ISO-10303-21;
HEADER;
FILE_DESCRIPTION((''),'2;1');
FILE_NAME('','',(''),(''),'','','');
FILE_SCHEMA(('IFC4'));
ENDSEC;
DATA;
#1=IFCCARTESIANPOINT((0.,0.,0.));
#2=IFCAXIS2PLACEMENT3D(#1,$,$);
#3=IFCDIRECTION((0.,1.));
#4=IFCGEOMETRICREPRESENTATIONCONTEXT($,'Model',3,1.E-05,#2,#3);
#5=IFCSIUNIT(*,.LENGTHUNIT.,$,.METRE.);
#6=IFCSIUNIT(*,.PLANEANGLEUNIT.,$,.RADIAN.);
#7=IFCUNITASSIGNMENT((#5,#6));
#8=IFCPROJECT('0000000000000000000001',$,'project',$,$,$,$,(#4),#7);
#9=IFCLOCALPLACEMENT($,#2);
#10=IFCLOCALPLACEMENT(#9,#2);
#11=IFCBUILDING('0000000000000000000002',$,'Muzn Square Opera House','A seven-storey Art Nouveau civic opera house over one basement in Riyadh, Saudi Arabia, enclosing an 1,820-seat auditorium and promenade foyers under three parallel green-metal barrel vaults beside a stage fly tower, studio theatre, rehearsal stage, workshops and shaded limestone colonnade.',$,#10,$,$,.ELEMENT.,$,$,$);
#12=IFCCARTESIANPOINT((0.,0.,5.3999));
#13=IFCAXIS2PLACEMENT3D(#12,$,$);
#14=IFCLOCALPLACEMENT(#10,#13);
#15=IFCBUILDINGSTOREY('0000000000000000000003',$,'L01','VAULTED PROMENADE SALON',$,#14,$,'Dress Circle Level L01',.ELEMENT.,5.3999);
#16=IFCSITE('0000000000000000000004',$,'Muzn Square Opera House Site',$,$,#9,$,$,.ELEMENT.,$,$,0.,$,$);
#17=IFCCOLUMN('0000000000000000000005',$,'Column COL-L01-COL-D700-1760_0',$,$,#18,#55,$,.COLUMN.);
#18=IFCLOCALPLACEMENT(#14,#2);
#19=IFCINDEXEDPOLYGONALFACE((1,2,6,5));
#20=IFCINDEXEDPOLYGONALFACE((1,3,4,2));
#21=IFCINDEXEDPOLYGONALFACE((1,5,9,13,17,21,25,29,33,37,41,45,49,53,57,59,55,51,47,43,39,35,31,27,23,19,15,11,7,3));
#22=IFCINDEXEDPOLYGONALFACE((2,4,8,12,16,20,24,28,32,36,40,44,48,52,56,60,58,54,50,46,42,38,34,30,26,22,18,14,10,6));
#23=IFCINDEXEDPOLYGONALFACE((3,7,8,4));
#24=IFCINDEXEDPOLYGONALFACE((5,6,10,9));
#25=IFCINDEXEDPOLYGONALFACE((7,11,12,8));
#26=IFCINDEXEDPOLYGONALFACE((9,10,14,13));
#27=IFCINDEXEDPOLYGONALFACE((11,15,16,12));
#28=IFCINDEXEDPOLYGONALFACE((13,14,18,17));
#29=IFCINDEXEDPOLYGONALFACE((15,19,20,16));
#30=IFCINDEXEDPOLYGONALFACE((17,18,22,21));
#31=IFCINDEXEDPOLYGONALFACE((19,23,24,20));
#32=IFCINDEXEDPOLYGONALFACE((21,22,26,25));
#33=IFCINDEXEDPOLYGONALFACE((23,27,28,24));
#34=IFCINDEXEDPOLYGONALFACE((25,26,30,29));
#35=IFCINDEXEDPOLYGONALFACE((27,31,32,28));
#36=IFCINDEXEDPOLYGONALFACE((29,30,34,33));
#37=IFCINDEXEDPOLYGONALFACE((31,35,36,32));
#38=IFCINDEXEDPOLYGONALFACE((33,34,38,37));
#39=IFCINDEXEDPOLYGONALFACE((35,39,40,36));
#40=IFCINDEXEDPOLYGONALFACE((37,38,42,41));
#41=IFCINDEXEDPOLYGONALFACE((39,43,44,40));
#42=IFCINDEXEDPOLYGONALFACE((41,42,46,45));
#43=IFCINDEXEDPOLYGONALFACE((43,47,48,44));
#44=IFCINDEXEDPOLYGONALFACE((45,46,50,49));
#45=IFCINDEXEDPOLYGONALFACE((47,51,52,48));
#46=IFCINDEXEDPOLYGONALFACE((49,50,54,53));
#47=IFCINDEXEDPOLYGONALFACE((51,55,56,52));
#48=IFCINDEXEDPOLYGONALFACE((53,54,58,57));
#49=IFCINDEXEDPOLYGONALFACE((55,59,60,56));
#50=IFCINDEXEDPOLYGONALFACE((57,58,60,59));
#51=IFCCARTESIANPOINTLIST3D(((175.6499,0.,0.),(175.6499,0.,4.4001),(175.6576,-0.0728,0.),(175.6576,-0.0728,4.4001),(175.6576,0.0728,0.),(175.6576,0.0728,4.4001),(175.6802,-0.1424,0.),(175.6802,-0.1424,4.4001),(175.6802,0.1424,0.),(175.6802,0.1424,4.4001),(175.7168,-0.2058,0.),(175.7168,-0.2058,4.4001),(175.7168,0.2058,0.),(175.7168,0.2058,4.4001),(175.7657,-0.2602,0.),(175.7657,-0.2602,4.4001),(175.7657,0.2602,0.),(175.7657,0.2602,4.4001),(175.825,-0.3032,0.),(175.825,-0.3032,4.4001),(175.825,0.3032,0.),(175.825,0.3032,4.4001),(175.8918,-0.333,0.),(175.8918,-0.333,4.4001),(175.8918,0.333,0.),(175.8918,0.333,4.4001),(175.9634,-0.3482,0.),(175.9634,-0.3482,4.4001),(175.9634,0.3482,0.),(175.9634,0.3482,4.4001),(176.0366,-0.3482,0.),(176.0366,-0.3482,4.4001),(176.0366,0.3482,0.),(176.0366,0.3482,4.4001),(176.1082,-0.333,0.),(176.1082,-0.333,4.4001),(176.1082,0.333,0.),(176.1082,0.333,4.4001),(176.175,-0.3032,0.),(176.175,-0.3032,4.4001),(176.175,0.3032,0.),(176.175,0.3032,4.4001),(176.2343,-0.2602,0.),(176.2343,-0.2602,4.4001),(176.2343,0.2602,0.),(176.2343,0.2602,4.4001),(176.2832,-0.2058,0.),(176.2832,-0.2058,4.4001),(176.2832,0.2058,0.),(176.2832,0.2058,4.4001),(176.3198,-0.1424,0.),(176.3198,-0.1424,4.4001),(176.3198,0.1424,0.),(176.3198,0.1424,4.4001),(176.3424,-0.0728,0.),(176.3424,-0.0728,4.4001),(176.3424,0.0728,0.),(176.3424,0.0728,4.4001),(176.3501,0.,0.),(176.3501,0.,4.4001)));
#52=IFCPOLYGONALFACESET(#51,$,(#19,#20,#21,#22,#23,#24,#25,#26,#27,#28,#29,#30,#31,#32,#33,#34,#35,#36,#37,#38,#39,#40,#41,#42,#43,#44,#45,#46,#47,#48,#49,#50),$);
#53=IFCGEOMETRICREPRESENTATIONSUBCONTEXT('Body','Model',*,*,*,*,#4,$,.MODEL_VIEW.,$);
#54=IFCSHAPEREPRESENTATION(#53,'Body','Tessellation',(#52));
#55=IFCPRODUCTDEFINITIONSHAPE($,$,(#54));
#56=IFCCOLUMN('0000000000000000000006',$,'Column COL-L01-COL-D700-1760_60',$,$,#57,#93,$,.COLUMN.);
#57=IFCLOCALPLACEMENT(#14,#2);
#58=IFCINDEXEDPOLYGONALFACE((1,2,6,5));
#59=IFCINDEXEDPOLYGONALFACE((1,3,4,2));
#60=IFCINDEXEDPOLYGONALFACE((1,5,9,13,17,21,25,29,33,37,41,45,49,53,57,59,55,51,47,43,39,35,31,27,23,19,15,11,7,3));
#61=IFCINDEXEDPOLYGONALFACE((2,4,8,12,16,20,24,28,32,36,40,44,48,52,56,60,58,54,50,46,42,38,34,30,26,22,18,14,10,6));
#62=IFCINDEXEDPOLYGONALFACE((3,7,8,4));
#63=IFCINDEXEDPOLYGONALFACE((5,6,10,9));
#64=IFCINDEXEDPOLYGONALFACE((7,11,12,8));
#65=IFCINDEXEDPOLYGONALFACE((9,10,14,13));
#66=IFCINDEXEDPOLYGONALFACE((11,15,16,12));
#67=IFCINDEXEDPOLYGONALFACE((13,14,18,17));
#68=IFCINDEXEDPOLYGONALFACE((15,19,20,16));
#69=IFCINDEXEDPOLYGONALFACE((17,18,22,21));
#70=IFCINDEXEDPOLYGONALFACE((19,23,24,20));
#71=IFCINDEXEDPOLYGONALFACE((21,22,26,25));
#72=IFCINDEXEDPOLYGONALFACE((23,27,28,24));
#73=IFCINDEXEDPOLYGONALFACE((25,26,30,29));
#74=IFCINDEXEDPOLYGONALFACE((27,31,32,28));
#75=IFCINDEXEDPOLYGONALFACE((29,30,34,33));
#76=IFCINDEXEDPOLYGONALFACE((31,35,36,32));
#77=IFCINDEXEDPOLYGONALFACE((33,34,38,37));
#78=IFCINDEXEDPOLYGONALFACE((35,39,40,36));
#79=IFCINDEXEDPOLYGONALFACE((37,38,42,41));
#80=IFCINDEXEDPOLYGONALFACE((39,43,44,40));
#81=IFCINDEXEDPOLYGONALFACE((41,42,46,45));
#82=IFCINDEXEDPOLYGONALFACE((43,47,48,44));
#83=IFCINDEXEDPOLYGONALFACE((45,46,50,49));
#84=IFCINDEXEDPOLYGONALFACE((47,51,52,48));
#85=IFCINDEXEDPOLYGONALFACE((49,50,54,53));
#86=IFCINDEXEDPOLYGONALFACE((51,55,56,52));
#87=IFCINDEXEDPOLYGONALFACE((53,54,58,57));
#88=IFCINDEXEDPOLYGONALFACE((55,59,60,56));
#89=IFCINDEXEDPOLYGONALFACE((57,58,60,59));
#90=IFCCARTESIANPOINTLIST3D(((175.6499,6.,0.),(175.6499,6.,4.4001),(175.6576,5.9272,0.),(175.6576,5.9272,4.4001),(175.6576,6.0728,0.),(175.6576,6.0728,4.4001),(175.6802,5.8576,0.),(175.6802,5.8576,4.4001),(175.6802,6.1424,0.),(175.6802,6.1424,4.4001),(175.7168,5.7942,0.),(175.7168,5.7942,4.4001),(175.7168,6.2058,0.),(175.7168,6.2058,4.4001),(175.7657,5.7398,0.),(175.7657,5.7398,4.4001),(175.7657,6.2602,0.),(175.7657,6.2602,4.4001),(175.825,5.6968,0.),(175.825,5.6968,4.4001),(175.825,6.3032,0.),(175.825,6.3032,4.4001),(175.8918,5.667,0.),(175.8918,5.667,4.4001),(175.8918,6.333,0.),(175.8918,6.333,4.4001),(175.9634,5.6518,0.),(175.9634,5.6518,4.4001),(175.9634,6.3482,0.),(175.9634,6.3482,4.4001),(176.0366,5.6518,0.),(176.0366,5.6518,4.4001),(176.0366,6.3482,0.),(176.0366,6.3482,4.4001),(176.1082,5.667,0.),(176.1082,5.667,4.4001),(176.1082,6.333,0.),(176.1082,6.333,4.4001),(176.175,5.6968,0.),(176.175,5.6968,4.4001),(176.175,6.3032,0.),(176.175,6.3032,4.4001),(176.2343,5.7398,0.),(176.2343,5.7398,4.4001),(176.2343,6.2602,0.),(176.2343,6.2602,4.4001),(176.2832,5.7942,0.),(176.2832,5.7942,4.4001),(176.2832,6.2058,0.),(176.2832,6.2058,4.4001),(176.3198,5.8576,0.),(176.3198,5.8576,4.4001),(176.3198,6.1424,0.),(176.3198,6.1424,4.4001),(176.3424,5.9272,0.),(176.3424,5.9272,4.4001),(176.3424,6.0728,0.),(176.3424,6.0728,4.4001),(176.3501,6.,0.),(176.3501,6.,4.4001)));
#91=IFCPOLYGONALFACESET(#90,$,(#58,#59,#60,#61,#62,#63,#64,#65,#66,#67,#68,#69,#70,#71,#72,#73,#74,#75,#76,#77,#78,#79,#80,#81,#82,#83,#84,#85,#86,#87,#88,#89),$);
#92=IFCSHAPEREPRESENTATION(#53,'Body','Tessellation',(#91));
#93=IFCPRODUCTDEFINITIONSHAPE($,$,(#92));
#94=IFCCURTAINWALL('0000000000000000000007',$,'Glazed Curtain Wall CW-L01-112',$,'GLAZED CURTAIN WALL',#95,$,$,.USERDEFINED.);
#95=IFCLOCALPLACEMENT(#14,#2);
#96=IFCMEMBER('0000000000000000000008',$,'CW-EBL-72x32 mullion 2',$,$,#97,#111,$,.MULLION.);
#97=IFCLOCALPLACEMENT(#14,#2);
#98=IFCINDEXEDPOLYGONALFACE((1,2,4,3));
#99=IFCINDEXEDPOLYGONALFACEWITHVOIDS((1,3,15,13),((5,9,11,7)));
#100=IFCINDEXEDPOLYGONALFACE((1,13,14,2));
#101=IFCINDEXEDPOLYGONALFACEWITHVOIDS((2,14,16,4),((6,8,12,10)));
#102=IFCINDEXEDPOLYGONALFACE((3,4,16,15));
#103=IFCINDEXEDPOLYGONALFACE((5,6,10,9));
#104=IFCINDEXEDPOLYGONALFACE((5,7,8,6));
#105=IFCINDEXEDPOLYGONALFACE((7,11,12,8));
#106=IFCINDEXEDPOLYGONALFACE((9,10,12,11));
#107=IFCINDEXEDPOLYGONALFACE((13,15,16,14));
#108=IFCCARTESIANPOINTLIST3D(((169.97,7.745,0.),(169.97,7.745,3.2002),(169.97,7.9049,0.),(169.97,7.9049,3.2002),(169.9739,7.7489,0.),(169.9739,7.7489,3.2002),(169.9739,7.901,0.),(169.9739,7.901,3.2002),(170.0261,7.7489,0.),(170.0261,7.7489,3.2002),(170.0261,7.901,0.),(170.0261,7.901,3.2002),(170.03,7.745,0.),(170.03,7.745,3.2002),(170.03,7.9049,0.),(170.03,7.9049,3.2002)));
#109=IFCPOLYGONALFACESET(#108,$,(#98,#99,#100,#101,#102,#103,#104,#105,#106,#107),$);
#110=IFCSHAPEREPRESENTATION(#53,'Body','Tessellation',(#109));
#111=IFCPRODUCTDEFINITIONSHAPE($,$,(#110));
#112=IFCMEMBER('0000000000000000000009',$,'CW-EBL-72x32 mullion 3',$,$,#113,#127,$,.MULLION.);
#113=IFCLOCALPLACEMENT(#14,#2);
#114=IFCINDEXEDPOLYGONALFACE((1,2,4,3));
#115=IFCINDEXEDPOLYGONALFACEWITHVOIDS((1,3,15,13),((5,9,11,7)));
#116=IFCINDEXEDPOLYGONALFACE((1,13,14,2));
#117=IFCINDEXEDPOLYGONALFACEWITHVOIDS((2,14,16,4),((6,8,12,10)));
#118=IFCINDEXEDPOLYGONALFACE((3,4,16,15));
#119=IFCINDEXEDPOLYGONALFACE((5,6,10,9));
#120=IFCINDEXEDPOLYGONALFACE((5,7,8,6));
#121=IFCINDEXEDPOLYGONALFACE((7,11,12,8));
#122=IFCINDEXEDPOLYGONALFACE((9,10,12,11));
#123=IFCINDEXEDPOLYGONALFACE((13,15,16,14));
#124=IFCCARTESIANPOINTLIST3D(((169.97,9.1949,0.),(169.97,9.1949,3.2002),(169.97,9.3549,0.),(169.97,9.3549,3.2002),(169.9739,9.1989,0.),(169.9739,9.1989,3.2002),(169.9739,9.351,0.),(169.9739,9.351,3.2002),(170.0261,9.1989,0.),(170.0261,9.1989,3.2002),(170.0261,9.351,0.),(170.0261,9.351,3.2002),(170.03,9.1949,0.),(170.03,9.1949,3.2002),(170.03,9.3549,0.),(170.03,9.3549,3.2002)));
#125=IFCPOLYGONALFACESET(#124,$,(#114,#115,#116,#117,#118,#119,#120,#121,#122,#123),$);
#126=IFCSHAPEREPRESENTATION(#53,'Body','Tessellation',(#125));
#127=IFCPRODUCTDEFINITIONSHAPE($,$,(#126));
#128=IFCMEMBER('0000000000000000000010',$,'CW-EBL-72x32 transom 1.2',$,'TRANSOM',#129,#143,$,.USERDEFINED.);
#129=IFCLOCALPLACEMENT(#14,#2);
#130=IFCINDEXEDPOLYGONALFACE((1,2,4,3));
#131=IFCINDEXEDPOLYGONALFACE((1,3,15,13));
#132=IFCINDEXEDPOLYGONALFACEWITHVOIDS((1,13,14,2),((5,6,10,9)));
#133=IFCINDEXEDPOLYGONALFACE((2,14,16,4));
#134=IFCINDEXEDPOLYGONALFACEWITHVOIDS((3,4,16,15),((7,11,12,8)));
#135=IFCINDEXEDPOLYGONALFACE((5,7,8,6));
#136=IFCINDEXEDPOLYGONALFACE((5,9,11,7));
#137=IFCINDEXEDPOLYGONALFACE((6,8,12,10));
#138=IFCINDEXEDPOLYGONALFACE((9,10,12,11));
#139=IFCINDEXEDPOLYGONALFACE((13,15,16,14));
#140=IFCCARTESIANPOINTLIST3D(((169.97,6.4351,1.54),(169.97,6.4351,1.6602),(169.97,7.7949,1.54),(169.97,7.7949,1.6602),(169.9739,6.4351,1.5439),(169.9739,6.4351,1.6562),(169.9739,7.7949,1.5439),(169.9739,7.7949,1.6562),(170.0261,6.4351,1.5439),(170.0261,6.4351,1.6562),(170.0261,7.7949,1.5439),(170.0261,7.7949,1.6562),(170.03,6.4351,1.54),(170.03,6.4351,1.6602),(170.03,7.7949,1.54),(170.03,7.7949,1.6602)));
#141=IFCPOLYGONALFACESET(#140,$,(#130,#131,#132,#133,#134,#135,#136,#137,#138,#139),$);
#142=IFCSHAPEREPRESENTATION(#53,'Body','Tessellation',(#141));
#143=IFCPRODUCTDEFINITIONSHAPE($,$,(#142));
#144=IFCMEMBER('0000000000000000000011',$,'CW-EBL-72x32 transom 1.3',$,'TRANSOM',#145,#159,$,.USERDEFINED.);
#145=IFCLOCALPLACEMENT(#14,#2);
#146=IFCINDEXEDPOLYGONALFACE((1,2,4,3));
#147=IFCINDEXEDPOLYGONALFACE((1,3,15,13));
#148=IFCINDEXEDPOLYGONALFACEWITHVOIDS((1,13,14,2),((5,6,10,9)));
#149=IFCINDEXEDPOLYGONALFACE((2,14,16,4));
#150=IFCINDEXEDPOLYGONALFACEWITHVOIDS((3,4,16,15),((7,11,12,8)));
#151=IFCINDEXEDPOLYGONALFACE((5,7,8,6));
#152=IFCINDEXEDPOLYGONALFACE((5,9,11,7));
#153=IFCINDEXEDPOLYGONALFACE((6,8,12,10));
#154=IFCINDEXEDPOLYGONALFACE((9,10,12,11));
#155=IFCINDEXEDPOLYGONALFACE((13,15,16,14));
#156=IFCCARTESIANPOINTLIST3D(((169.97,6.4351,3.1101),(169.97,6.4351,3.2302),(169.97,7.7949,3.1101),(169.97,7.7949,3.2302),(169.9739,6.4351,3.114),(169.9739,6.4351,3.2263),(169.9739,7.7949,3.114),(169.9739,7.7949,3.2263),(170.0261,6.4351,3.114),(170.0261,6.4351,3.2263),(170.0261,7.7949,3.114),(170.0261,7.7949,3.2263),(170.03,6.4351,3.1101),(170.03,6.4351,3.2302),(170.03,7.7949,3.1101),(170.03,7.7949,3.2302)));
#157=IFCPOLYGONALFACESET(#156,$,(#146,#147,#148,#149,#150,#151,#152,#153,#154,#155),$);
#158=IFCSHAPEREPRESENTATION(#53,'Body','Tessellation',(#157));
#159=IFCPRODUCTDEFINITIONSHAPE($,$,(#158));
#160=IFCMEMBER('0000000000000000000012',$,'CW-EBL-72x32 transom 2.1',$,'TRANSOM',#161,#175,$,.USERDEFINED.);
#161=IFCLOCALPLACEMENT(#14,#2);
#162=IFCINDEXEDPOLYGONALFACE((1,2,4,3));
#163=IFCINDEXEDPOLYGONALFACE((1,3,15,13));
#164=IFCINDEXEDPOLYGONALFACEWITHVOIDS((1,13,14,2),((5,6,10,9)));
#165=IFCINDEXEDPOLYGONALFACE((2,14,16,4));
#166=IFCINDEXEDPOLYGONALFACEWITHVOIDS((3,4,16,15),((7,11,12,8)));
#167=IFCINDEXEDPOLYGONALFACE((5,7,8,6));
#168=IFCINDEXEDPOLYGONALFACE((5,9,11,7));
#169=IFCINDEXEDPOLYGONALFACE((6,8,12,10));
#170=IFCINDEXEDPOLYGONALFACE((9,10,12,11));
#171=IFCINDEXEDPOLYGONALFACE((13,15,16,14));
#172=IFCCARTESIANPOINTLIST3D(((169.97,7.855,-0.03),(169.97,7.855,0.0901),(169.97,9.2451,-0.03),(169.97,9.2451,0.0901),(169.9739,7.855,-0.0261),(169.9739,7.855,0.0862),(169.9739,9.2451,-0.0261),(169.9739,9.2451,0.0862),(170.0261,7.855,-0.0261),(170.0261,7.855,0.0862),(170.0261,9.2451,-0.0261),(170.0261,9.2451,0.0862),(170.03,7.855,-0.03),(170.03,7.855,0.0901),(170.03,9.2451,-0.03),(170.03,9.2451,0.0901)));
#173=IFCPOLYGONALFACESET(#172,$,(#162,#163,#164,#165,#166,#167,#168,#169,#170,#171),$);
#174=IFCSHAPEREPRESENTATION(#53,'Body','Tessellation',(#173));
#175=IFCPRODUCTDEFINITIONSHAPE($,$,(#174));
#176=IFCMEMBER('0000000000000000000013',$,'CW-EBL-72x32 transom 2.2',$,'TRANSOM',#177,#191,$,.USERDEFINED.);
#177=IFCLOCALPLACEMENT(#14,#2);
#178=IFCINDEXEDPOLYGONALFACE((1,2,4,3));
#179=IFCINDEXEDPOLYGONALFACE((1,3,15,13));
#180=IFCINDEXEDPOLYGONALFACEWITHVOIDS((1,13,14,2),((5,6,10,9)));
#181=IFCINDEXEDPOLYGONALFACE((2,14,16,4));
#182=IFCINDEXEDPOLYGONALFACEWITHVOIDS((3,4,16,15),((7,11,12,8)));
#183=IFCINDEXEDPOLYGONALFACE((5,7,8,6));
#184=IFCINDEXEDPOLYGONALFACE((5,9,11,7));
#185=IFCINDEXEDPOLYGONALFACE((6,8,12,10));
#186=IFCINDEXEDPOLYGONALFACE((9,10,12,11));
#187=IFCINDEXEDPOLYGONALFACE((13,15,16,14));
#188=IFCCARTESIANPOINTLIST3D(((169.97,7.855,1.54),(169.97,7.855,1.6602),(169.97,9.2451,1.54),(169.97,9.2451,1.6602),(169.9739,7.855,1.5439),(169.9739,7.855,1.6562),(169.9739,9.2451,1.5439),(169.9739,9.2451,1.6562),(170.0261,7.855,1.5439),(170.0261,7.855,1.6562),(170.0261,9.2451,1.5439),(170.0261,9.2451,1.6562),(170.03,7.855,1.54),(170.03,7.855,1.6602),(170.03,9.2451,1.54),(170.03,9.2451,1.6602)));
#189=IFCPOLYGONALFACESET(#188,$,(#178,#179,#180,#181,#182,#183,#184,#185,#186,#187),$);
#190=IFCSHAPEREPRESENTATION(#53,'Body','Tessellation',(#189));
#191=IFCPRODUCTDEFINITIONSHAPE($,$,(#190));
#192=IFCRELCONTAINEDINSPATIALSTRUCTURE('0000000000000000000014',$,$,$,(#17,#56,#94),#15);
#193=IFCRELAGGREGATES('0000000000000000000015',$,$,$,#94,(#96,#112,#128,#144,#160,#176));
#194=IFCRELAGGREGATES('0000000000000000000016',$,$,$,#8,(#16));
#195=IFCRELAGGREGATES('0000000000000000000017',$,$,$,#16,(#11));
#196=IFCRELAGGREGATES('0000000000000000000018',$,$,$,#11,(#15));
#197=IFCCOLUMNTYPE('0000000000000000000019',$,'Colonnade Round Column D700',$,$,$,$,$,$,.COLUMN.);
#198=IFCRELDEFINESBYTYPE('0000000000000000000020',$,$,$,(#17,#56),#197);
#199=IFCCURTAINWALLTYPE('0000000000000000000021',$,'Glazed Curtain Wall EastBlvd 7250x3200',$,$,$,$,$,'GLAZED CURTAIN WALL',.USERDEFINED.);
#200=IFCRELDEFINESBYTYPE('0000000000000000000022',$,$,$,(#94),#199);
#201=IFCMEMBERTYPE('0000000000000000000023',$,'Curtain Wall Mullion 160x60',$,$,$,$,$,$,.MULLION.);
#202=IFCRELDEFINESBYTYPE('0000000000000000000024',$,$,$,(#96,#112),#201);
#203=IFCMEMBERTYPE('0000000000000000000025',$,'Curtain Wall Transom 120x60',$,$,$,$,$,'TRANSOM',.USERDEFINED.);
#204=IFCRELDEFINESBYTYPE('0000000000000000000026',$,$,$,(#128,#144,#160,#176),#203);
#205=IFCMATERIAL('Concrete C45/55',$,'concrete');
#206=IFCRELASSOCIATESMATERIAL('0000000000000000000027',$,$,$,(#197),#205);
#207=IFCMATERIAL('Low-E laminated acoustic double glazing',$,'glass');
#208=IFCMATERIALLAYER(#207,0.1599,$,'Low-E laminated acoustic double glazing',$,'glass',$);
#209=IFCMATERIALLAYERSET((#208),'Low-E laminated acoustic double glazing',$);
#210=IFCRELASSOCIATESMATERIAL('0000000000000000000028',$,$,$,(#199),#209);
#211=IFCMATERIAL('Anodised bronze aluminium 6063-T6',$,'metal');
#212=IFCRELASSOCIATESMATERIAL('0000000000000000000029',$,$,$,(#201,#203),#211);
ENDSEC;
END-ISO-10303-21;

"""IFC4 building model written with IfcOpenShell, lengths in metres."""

from ifc_helpers import new_model, si_unit, direction, frame, origin, origin_2d, place, context, subcontext, project, spatial, hollow_rectangle, circle, extrude, material, layer, layer_set, material_profile, profile_set, type_object, element, aggregate, save


model = new_model("IFC4")

# Units and contexts
model_context = context("Model", 3, precision=1e-05, world=origin(), true_north=direction((0.0, 1.0)))
body_context = subcontext(model_context, "Body", "Model", "MODEL_VIEW")
ifc_project = project(units=[si_unit("LENGTHUNIT", "METRE"), si_unit("PLANEANGLEUNIT", "RADIAN")], contexts=[model_context])

# Site, building, storey
site_placement = place(None, origin())
site = spatial("IfcSite", under=ifc_project, at=site_placement, Name="Muzn Square Opera House Site", CompositionType="ELEMENT", RefElevation=0.0)
building_placement = place(site_placement, origin())
building = spatial("IfcBuilding", under=site, at=building_placement, Name="Muzn Square Opera House", Description="A seven-storey Art Nouveau civic opera house over one basement in Riyadh, Saudi Arabia, enclosing an 1,820-seat auditorium and promenade foyers under three parallel green-metal barrel vaults beside a stage fly tower, studio theatre, rehearsal stage, workshops and shaded limestone colonnade.", CompositionType="ELEMENT")
storey_placement = place(building_placement, frame((0.0, 0.0, 5.3999)))
storey = spatial("IfcBuildingStorey", under=building, at=storey_placement, Name="L01", Description="VAULTED PROMENADE SALON", LongName="Dress Circle Level L01", CompositionType="ELEMENT", Elevation=5.3999)

# Columns
ifc_material_1 = material(Name="Concrete C45/55", Category="concrete")
ifc_material_profile_1 = material_profile(ifc_material_1, circle(Radius=0.3501, at=origin_2d()), Name="RCC D700", Category="concrete")
ifc_profile_set_1 = profile_set([ifc_material_profile_1], Name="Concrete C45/55")
column_type = type_object("IfcColumnType", Name="Colonnade Round Column D700", PredefinedType="COLUMN", material=ifc_profile_set_1)
for number, where, z_axis, x_axis, name in (
    (1, (176.0, 0.0, 0.0), (0.0, 0.0, 1.0), (1.0, 0.0, 0.0), "Column COL-L01-COL-D700-1760_0"),
    (2, (176.0, 6.0, 0.0), (0.0, 0.0, 1.0), (1.0, 0.0, 0.0), "Column COL-L01-COL-D700-1760_60"),
):
    element("IfcColumn", number, at=place(storey_placement, frame(where, z_axis=z_axis, x_axis=x_axis)), inside=storey, type_object=column_type, Name=name, PredefinedType="COLUMN", context=body_context, shape_type="SweptSolid", body=[
        extrude(circle(Radius=0.3501, at=origin_2d()), origin(), (0.0, 0.0, 1.0), 4.4001),
    ])

# Curtain wall, members
ifc_material_2 = material(Name="Low-E laminated acoustic double glazing", Category="glass")
ifc_layer_1 = layer(ifc_material_2, 0.1599, Name="Low-E laminated acoustic double glazing", Category="glass")
ifc_layer_set_1 = layer_set([ifc_layer_1], Name="Low-E laminated acoustic double glazing")
curtain_wall_type = type_object("IfcCurtainWallType", Name="Glazed Curtain Wall EastBlvd 7250x3200", ElementType="GLAZED CURTAIN WALL", PredefinedType="USERDEFINED", material=ifc_layer_set_1)
curtain_wall_placement = place(storey_placement, origin())
curtain_wall = element("IfcCurtainWall", 3, at=curtain_wall_placement, inside=storey, type_object=curtain_wall_type, Name="Glazed Curtain Wall CW-L01-112", ObjectType="GLAZED CURTAIN WALL", PredefinedType="USERDEFINED")
ifc_material_3 = material(Name="Anodised bronze aluminium 6063-T6", Category="metal")
ifc_material_profile_2 = material_profile(ifc_material_3, hollow_rectangle(XDim=0.0601, YDim=0.1599, WallThickness=0.0039, at=origin_2d()), Name="ALU 160x60x4", Category="metal")
ifc_profile_set_2 = profile_set([ifc_material_profile_2], Name="Anodised bronze aluminium 6063-T6")
member_type_1 = type_object("IfcMemberType", Name="Curtain Wall Mullion 160x60", PredefinedType="MULLION", material=ifc_profile_set_2)
member_1_placement = place(storey_placement, frame((170.0, 7.825, 0.0), z_axis=(0.0, 0.0, 1.0), x_axis=(-1.0, 0.0, 0.0)))
member_1 = element("IfcMember", 4, at=member_1_placement, type_object=member_type_1, Name="CW-EBL-72x32 mullion 2", PredefinedType="MULLION", context=body_context, shape_type="SweptSolid", body=[
    extrude(hollow_rectangle(XDim=0.0601, YDim=0.1599, WallThickness=0.0039, at=origin_2d()), origin(), (0.0, 0.0, 1.0), 3.2002),
])
member_2_placement = place(storey_placement, frame((170.0, 9.2749, 0.0), z_axis=(0.0, 0.0, 1.0), x_axis=(-1.0, 0.0, 0.0)))
member_2 = element("IfcMember", 5, at=member_2_placement, type_object=member_type_1, Name="CW-EBL-72x32 mullion 3", PredefinedType="MULLION", context=body_context, shape_type="SweptSolid", body=[
    extrude(hollow_rectangle(XDim=0.0601, YDim=0.1599, WallThickness=0.0039, at=origin_2d()), origin(), (0.0, 0.0, 1.0), 3.2002),
])
ifc_material_profile_3 = material_profile(ifc_material_3, hollow_rectangle(XDim=0.0601, YDim=0.1201, WallThickness=0.0039, at=origin_2d()), Name="ALU 120x60x4", Category="metal")
ifc_profile_set_3 = profile_set([ifc_material_profile_3], Name="Anodised bronze aluminium 6063-T6")
member_type_2 = type_object("IfcMemberType", Name="Curtain Wall Transom 120x60", ElementType="TRANSOM", PredefinedType="USERDEFINED", material=ifc_profile_set_3)
member_3_placement = place(storey_placement, frame((170.0, 6.4351, 1.6001), z_axis=(0.0, 1.0, 0.0), x_axis=(-1.0, 0.0, 0.0)))
member_3 = element("IfcMember", 6, at=member_3_placement, type_object=member_type_2, Name="CW-EBL-72x32 transom 1.2", ObjectType="TRANSOM", PredefinedType="USERDEFINED", context=body_context, shape_type="SweptSolid", body=[
    extrude(hollow_rectangle(XDim=0.0601, YDim=0.1201, WallThickness=0.0039, at=origin_2d()), origin(), (0.0, 0.0, 1.0), 1.3599),
])
member_4_placement = place(storey_placement, frame((170.0, 6.4351, 3.1702), z_axis=(0.0, 1.0, 0.0), x_axis=(-1.0, 0.0, 0.0)))
member_4 = element("IfcMember", 7, at=member_4_placement, type_object=member_type_2, Name="CW-EBL-72x32 transom 1.3", ObjectType="TRANSOM", PredefinedType="USERDEFINED", context=body_context, shape_type="SweptSolid", body=[
    extrude(hollow_rectangle(XDim=0.0601, YDim=0.1201, WallThickness=0.0039, at=origin_2d()), origin(), (0.0, 0.0, 1.0), 1.3599),
])
member_5_placement = place(storey_placement, frame((170.0, 7.855, 0.03), z_axis=(0.0, 1.0, 0.0), x_axis=(-1.0, 0.0, 0.0)))
member_5 = element("IfcMember", 8, at=member_5_placement, type_object=member_type_2, Name="CW-EBL-72x32 transom 2.1", ObjectType="TRANSOM", PredefinedType="USERDEFINED", context=body_context, shape_type="SweptSolid", body=[
    extrude(hollow_rectangle(XDim=0.0601, YDim=0.1201, WallThickness=0.0039, at=origin_2d()), origin(), (0.0, 0.0, 1.0), 1.3901),
])
member_6_placement = place(storey_placement, frame((170.0, 7.855, 1.6001), z_axis=(0.0, 1.0, 0.0), x_axis=(-1.0, 0.0, 0.0)))
member_6 = element("IfcMember", 9, at=member_6_placement, type_object=member_type_2, Name="CW-EBL-72x32 transom 2.2", ObjectType="TRANSOM", PredefinedType="USERDEFINED", context=body_context, shape_type="SweptSolid", body=[
    extrude(hollow_rectangle(XDim=0.0601, YDim=0.1201, WallThickness=0.0039, at=origin_2d()), origin(), (0.0, 0.0, 1.0), 1.3901),
])

aggregate(curtain_wall, [member_1, member_2, member_3, member_4, member_5, member_6])

save(model, "model.ifc")
